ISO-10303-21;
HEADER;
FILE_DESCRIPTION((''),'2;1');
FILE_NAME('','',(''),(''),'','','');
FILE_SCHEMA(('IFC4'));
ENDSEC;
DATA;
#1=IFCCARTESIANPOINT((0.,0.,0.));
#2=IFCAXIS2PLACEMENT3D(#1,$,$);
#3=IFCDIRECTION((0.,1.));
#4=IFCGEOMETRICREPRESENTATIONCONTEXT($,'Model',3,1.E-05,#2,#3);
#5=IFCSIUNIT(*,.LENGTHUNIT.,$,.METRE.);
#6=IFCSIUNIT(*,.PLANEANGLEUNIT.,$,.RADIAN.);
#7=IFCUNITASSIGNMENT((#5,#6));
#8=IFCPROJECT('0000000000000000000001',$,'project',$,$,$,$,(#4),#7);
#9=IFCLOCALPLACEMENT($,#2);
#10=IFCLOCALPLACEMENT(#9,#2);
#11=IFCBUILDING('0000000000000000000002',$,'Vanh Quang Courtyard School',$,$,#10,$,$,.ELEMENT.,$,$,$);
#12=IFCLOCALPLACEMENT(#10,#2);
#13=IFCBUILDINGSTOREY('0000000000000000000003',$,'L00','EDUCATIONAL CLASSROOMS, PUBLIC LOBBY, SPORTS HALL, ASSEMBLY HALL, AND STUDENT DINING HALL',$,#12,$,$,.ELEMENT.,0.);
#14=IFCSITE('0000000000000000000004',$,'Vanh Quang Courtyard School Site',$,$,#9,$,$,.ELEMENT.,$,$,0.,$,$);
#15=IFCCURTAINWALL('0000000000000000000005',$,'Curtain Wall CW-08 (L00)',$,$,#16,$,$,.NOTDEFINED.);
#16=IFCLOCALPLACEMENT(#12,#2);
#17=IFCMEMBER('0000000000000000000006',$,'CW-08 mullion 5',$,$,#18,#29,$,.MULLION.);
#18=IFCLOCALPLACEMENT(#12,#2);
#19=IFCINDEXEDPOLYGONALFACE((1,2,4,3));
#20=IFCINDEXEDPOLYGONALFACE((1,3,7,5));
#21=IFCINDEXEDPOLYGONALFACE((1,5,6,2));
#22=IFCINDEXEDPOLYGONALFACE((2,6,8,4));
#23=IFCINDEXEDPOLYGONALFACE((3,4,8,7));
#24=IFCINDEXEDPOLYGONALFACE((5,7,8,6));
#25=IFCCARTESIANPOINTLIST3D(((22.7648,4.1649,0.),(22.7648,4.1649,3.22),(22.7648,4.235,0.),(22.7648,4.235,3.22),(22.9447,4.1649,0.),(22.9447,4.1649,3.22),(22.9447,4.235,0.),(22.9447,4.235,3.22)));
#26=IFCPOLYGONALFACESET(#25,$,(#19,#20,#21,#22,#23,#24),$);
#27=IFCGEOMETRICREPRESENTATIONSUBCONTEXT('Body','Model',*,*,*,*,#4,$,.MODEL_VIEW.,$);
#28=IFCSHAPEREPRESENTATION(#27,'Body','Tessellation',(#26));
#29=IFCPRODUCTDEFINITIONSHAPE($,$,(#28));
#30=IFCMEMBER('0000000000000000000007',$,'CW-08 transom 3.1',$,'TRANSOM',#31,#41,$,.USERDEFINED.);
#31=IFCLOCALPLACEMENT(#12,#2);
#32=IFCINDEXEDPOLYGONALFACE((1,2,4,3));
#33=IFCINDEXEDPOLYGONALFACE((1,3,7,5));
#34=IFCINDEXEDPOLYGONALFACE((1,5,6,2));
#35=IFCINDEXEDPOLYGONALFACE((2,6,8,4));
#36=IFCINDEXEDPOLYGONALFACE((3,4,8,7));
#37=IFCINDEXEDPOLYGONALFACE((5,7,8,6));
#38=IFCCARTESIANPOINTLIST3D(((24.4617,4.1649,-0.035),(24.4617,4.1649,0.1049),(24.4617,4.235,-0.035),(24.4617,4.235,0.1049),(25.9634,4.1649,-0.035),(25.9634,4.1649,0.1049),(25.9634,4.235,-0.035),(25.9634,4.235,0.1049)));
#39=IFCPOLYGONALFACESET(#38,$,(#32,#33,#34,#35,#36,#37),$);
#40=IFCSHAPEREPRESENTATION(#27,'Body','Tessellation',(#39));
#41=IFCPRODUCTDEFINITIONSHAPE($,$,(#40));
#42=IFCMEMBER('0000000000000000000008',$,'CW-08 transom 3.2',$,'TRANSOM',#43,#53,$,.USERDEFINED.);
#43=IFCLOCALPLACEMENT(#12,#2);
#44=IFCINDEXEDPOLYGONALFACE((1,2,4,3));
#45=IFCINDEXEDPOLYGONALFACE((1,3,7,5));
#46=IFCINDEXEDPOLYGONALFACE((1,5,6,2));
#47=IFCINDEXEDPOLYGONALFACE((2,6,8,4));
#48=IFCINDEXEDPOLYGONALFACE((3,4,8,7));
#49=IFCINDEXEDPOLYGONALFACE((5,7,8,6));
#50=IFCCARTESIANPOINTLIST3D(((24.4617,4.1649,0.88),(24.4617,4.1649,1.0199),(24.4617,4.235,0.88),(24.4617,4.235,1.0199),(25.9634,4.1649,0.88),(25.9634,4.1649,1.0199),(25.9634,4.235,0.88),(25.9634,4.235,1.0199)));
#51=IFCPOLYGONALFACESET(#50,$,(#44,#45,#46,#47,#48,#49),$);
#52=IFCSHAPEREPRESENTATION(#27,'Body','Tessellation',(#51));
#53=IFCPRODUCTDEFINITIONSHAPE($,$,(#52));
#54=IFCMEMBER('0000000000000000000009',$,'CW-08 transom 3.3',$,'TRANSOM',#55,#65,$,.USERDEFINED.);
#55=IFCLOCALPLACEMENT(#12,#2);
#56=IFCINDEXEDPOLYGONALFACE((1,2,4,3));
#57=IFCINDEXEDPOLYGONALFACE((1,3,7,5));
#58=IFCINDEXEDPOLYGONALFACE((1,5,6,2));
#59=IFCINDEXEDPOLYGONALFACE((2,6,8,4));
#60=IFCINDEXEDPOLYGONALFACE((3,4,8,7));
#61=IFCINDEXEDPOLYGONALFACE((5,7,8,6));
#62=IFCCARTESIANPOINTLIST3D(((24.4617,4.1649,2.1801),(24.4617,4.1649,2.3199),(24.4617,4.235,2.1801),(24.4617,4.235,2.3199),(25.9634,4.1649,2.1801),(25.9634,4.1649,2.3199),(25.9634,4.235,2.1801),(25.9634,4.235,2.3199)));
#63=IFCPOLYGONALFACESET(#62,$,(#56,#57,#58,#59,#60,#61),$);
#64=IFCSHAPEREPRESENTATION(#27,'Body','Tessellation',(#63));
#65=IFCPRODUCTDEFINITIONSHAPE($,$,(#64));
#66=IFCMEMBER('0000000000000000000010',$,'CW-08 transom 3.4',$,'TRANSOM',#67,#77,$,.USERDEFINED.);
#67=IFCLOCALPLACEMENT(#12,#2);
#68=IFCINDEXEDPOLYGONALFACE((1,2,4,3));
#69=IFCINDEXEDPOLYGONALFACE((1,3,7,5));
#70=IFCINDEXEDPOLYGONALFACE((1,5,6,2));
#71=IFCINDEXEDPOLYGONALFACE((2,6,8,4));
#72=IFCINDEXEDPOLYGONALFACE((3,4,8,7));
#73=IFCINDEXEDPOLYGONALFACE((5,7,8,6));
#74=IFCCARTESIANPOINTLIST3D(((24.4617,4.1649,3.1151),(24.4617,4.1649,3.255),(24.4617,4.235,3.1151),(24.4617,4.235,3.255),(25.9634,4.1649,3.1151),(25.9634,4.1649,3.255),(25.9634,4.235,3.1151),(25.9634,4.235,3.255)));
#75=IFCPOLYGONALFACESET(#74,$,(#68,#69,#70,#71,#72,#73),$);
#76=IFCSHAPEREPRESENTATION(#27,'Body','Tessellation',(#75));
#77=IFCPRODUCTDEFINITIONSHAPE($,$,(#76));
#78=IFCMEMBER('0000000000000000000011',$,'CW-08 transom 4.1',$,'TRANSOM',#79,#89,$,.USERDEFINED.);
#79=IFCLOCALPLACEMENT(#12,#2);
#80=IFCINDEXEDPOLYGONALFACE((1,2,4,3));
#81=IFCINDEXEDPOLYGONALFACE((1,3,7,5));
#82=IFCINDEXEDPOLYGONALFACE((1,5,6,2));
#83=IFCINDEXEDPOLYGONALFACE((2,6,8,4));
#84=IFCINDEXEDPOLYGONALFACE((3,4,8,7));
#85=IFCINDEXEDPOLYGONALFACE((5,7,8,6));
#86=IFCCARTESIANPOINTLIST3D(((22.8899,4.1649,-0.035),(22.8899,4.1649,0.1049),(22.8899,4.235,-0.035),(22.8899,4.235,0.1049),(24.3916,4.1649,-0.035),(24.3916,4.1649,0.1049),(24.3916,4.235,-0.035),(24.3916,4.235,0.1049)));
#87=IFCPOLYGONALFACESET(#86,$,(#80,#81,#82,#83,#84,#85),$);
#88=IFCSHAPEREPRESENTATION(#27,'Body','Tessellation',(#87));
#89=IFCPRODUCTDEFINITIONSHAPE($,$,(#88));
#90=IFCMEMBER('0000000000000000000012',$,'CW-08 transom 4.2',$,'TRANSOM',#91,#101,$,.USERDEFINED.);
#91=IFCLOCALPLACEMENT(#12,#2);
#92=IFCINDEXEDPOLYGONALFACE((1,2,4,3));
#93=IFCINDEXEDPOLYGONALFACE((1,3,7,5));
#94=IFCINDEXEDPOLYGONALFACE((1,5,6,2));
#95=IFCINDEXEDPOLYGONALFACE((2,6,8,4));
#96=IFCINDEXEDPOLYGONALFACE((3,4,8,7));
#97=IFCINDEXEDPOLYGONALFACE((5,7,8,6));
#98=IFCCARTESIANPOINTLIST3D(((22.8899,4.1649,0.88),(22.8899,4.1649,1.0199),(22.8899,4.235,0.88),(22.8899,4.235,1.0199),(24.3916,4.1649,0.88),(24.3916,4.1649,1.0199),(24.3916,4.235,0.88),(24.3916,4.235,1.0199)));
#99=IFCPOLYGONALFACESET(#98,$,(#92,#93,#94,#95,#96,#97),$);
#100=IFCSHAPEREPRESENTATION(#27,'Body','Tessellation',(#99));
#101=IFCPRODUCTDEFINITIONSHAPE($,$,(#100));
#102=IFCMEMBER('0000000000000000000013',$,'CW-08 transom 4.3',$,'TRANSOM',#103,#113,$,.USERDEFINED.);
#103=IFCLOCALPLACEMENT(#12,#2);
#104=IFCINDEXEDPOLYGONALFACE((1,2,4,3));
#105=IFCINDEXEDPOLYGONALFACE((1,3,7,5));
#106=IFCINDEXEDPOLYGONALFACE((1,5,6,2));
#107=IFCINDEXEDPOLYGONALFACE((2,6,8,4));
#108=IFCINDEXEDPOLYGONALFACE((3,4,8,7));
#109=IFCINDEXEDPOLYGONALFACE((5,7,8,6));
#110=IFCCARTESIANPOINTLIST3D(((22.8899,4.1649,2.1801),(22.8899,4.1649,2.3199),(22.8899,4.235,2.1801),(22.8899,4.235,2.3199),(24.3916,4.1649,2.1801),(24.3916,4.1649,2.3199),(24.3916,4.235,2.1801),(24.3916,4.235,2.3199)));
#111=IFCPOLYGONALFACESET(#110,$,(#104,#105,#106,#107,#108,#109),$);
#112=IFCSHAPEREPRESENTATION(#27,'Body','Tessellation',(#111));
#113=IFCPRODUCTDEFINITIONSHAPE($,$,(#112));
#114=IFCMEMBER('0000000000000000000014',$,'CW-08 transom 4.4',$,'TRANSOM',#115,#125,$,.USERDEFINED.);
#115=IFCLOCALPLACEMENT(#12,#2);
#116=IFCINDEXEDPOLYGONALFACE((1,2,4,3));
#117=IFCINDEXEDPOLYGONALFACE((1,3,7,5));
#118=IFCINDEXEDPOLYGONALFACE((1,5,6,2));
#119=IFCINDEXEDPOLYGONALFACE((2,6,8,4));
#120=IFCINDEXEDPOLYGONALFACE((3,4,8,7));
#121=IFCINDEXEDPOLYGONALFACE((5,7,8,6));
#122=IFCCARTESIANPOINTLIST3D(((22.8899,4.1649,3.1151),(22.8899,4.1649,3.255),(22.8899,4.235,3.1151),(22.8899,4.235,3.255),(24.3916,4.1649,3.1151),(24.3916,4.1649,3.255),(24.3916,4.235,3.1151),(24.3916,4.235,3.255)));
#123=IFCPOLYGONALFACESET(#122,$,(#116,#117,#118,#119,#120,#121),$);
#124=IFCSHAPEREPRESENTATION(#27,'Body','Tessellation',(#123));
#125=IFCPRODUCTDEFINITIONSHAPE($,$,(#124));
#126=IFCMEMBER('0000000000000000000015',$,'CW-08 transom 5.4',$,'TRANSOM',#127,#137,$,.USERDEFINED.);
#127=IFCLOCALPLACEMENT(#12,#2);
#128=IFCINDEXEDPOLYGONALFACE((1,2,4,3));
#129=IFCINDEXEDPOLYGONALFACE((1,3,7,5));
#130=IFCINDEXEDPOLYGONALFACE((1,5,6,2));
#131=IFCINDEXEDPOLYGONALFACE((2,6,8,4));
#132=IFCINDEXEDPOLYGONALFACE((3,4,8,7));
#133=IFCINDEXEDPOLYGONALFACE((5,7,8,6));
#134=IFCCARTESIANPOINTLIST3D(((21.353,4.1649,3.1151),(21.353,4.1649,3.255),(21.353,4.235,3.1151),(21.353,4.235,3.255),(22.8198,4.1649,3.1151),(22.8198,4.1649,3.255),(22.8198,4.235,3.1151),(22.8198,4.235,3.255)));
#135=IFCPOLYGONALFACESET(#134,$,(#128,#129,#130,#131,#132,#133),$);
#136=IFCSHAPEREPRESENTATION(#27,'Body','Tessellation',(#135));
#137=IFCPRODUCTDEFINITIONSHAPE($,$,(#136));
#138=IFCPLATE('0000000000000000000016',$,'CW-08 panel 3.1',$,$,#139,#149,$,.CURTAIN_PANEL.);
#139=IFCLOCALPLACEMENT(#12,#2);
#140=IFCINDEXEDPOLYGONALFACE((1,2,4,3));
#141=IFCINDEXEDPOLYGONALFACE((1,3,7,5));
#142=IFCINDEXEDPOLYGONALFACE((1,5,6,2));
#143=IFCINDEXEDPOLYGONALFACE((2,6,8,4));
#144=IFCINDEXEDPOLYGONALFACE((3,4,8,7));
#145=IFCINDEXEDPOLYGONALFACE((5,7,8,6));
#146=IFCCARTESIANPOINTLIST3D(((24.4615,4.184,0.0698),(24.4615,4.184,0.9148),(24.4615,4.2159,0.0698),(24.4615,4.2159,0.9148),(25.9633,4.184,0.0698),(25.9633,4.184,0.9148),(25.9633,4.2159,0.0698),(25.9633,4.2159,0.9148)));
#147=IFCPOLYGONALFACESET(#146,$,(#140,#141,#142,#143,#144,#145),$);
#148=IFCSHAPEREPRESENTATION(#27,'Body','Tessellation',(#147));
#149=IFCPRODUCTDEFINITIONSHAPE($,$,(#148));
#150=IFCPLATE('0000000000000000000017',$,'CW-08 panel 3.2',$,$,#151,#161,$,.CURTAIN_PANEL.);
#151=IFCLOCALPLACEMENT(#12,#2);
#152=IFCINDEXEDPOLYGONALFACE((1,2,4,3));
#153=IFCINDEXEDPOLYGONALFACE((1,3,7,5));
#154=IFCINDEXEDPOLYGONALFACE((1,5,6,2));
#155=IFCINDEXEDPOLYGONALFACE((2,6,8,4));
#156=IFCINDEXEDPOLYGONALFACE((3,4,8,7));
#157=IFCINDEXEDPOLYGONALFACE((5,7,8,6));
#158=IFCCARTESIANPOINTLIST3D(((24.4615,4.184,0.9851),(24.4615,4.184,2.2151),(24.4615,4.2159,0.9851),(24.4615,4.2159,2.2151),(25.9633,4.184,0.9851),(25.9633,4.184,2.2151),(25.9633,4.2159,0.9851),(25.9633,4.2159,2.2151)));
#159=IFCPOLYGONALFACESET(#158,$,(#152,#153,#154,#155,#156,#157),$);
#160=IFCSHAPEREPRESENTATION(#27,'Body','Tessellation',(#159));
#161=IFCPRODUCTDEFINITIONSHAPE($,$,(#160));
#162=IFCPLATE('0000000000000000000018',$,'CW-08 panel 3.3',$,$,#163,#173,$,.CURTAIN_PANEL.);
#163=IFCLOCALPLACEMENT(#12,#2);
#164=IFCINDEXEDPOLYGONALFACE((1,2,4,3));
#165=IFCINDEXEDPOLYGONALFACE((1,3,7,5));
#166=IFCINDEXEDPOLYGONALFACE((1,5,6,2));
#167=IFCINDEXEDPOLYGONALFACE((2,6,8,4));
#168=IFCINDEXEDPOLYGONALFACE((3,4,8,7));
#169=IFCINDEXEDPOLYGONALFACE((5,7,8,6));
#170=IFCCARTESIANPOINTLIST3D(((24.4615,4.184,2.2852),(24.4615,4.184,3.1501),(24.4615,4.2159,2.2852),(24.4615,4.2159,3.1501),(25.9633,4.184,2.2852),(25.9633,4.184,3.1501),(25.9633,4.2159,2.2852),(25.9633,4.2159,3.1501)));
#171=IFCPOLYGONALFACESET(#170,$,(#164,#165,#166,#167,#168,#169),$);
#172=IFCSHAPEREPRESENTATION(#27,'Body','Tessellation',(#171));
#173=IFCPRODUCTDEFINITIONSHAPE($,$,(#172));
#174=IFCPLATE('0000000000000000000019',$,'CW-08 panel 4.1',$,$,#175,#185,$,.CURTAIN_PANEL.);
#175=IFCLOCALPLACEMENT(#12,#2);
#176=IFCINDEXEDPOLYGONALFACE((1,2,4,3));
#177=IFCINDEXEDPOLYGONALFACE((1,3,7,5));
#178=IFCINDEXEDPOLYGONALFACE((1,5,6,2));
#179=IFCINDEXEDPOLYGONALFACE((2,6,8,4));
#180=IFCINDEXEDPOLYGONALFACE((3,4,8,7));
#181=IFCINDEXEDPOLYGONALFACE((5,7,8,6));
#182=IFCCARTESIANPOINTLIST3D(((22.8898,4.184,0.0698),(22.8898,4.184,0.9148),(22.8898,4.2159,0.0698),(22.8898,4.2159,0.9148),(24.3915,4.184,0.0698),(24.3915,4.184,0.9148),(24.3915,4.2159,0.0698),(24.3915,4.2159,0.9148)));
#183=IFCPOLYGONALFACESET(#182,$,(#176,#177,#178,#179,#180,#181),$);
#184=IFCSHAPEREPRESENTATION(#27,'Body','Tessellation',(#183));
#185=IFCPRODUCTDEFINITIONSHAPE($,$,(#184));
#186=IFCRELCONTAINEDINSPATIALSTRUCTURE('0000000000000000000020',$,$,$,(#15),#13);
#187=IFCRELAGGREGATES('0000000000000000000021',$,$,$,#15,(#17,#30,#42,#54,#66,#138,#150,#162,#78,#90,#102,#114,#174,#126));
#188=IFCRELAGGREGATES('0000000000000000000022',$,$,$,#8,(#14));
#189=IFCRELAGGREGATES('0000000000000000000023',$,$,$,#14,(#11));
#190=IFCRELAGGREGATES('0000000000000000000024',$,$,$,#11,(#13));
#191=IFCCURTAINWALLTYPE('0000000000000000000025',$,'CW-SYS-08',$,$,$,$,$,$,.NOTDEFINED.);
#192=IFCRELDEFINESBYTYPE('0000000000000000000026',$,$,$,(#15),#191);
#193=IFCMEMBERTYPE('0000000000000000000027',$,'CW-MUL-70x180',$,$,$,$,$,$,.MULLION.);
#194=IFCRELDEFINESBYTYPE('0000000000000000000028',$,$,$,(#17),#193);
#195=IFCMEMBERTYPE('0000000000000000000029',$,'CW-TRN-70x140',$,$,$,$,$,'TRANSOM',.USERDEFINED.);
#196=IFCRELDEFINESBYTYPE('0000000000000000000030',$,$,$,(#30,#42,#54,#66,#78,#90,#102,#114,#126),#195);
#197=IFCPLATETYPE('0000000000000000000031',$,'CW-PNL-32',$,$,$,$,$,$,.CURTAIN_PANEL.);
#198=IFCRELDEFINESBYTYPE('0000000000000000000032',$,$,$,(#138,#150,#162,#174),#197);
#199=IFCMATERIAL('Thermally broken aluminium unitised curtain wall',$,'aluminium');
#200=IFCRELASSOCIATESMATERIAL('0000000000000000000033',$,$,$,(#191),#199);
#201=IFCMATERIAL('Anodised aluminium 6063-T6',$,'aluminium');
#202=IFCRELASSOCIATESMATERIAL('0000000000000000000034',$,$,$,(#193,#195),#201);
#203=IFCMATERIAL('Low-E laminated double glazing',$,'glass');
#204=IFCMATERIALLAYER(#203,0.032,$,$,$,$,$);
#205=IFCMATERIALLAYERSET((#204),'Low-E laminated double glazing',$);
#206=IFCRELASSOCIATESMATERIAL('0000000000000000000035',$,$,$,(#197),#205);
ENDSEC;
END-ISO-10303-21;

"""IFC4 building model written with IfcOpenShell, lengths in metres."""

from ifc_helpers import new_model, si_unit, direction, frame, origin, origin_2d, place, context, subcontext, project, spatial, rectangle, extrude, material, layer, layer_set, material_profile, profile_set, type_object, element, aggregate, save


model = new_model("IFC4")

# Units and contexts
model_context = context("Model", 3, precision=1e-05, world=origin(), true_north=direction((0.0, 1.0)))
body_context = subcontext(model_context, "Body", "Model", "MODEL_VIEW")
ifc_project = project(units=[si_unit("LENGTHUNIT", "METRE"), si_unit("PLANEANGLEUNIT", "RADIAN")], contexts=[model_context])

# Site, building, storey
site_placement = place(None, origin())
site = spatial("IfcSite", under=ifc_project, at=site_placement, Name="Vanh Quang Courtyard School Site", CompositionType="ELEMENT", RefElevation=0.0)
building_placement = place(site_placement, origin())
building = spatial("IfcBuilding", under=site, at=building_placement, Name="Vanh Quang Courtyard School", CompositionType="ELEMENT")
storey_placement = place(building_placement, origin())
storey = spatial("IfcBuildingStorey", under=building, at=storey_placement, Name="L00", Description="EDUCATIONAL CLASSROOMS, PUBLIC LOBBY, SPORTS HALL, ASSEMBLY HALL, AND STUDENT DINING HALL", CompositionType="ELEMENT", Elevation=0.0)

# Curtain wall, members, plates
ifc_material_1 = material(Name="Thermally broken aluminium unitised curtain wall", Category="aluminium")
curtain_wall_type = type_object("IfcCurtainWallType", Name="CW-SYS-08", PredefinedType="NOTDEFINED", material=ifc_material_1)
curtain_wall_placement = place(storey_placement, origin())
curtain_wall = element("IfcCurtainWall", 1, at=curtain_wall_placement, inside=storey, type_object=curtain_wall_type, Name="Curtain Wall CW-08 (L00)", PredefinedType="NOTDEFINED")
ifc_material_2 = material(Name="Anodised aluminium 6063-T6", Category="aluminium")
ifc_material_profile_1 = material_profile(ifc_material_2, rectangle(XDim=0.0701, YDim=0.1799, at=origin_2d()), Name="ALU-MUL 70x180")
ifc_profile_set_1 = profile_set([ifc_material_profile_1], Name="Anodised aluminium 6063-T6")
member_type_1 = type_object("IfcMemberType", Name="CW-MUL-70x180", PredefinedType="MULLION", material=ifc_profile_set_1)
member_1_placement = place(storey_placement, frame((22.8547, 4.2, 0.0), z_axis=(0.0, 0.0, 1.0), x_axis=(0.0, -1.0, 0.0)))
member_1 = element("IfcMember", 2, at=member_1_placement, type_object=member_type_1, Name="CW-08 mullion 5", PredefinedType="MULLION", context=body_context, shape_type="SweptSolid", body=[
    extrude(rectangle(XDim=0.0701, YDim=0.1799, at=origin_2d()), origin(), (0.0, 0.0, 1.0), 3.22),
])
ifc_material_profile_2 = material_profile(ifc_material_2, rectangle(XDim=0.0701, YDim=0.1399, at=origin_2d()), Name="ALU-TRN 70x140")
ifc_profile_set_2 = profile_set([ifc_material_profile_2], Name="Anodised aluminium 6063-T6")
member_type_2 = type_object("IfcMemberType", Name="CW-TRN-70x140", ElementType="TRANSOM", PredefinedType="USERDEFINED", material=ifc_profile_set_2)
member_2_placement = place(storey_placement, frame((25.9634, 4.2, 0.0349), z_axis=(-1.0, 0.0, 0.0), x_axis=(0.0, -1.0, 0.0)))
member_2 = element("IfcMember", 3, at=member_2_placement, type_object=member_type_2, Name="CW-08 transom 3.1", ObjectType="TRANSOM", PredefinedType="USERDEFINED", context=body_context, shape_type="SweptSolid", body=[
    extrude(rectangle(XDim=0.0701, YDim=0.1399, at=origin_2d()), origin(), (0.0, 0.0, 1.0), 1.5017),
])
member_3_placement = place(storey_placement, frame((25.9634, 4.2, 0.95), z_axis=(-1.0, 0.0, 0.0), x_axis=(0.0, -1.0, 0.0)))
member_3 = element("IfcMember", 4, at=member_3_placement, type_object=member_type_2, Name="CW-08 transom 3.2", ObjectType="TRANSOM", PredefinedType="USERDEFINED", context=body_context, shape_type="SweptSolid", body=[
    extrude(rectangle(XDim=0.0701, YDim=0.1399, at=origin_2d()), origin(), (0.0, 0.0, 1.0), 1.5017),
])
member_4_placement = place(storey_placement, frame((25.9634, 4.2, 2.25), z_axis=(-1.0, 0.0, 0.0), x_axis=(0.0, -1.0, 0.0)))
member_4 = element("IfcMember", 5, at=member_4_placement, type_object=member_type_2, Name="CW-08 transom 3.3", ObjectType="TRANSOM", PredefinedType="USERDEFINED", context=body_context, shape_type="SweptSolid", body=[
    extrude(rectangle(XDim=0.0701, YDim=0.1399, at=origin_2d()), origin(), (0.0, 0.0, 1.0), 1.5017),
])
member_5_placement = place(storey_placement, frame((25.9634, 4.2, 3.1851), z_axis=(-1.0, 0.0, 0.0), x_axis=(0.0, -1.0, 0.0)))
member_5 = element("IfcMember", 6, at=member_5_placement, type_object=member_type_2, Name="CW-08 transom 3.4", ObjectType="TRANSOM", PredefinedType="USERDEFINED", context=body_context, shape_type="SweptSolid", body=[
    extrude(rectangle(XDim=0.0701, YDim=0.1399, at=origin_2d()), origin(), (0.0, 0.0, 1.0), 1.5017),
])
member_6_placement = place(storey_placement, frame((24.3916, 4.2, 0.0349), z_axis=(-1.0, 0.0, 0.0), x_axis=(0.0, -1.0, 0.0)))
member_6 = element("IfcMember", 7, at=member_6_placement, type_object=member_type_2, Name="CW-08 transom 4.1", ObjectType="TRANSOM", PredefinedType="USERDEFINED", context=body_context, shape_type="SweptSolid", body=[
    extrude(rectangle(XDim=0.0701, YDim=0.1399, at=origin_2d()), origin(), (0.0, 0.0, 1.0), 1.5017),
])
member_7_placement = place(storey_placement, frame((24.3916, 4.2, 0.95), z_axis=(-1.0, 0.0, 0.0), x_axis=(0.0, -1.0, 0.0)))
member_7 = element("IfcMember", 8, at=member_7_placement, type_object=member_type_2, Name="CW-08 transom 4.2", ObjectType="TRANSOM", PredefinedType="USERDEFINED", context=body_context, shape_type="SweptSolid", body=[
    extrude(rectangle(XDim=0.0701, YDim=0.1399, at=origin_2d()), origin(), (0.0, 0.0, 1.0), 1.5017),
])
member_8_placement = place(storey_placement, frame((24.3916, 4.2, 2.25), z_axis=(-1.0, 0.0, 0.0), x_axis=(0.0, -1.0, 0.0)))
member_8 = element("IfcMember", 9, at=member_8_placement, type_object=member_type_2, Name="CW-08 transom 4.3", ObjectType="TRANSOM", PredefinedType="USERDEFINED", context=body_context, shape_type="SweptSolid", body=[
    extrude(rectangle(XDim=0.0701, YDim=0.1399, at=origin_2d()), origin(), (0.0, 0.0, 1.0), 1.5017),
])
member_9_placement = place(storey_placement, frame((24.3916, 4.2, 3.1851), z_axis=(-1.0, 0.0, 0.0), x_axis=(0.0, -1.0, 0.0)))
member_9 = element("IfcMember", 10, at=member_9_placement, type_object=member_type_2, Name="CW-08 transom 4.4", ObjectType="TRANSOM", PredefinedType="USERDEFINED", context=body_context, shape_type="SweptSolid", body=[
    extrude(rectangle(XDim=0.0701, YDim=0.1399, at=origin_2d()), origin(), (0.0, 0.0, 1.0), 1.5017),
])
member_10_placement = place(storey_placement, frame((22.8198, 4.2, 3.1851), z_axis=(-1.0, 0.0, 0.0), x_axis=(0.0, -1.0, 0.0)))
member_10 = element("IfcMember", 11, at=member_10_placement, type_object=member_type_2, Name="CW-08 transom 5.4", ObjectType="TRANSOM", PredefinedType="USERDEFINED", context=body_context, shape_type="SweptSolid", body=[
    extrude(rectangle(XDim=0.0701, YDim=0.1399, at=origin_2d()), origin(), (0.0, 0.0, 1.0), 1.4668),
])
ifc_material_3 = material(Name="Low-E laminated double glazing", Category="glass")
ifc_layer_1 = layer(ifc_material_3, 0.032)
ifc_layer_set_1 = layer_set([ifc_layer_1], Name="Low-E laminated double glazing")
plate_type = type_object("IfcPlateType", Name="CW-PNL-32", PredefinedType="CURTAIN_PANEL", material=ifc_layer_set_1)
plate_1_placement = place(storey_placement, frame((25.2124, 4.2, 0.0698), z_axis=(0.0, 0.0, 1.0), x_axis=(-1.0, 0.0, 0.0)))
plate_1 = element("IfcPlate", 12, at=plate_1_placement, type_object=plate_type, Name="CW-08 panel 3.1", PredefinedType="CURTAIN_PANEL", context=body_context, shape_type="SweptSolid", body=[
    extrude(rectangle(XDim=1.5017, YDim=0.032, at=origin_2d()), origin(), (0.0, 0.0, 1.0), 0.845),
])
plate_2_placement = place(storey_placement, frame((25.2124, 4.2, 0.9851), z_axis=(0.0, 0.0, 1.0), x_axis=(-1.0, 0.0, 0.0)))
plate_2 = element("IfcPlate", 13, at=plate_2_placement, type_object=plate_type, Name="CW-08 panel 3.2", PredefinedType="CURTAIN_PANEL", context=body_context, shape_type="SweptSolid", body=[
    extrude(rectangle(XDim=1.5017, YDim=0.032, at=origin_2d()), origin(), (0.0, 0.0, 1.0), 1.23),
])
plate_3_placement = place(storey_placement, frame((25.2124, 4.2, 2.2852), z_axis=(0.0, 0.0, 1.0), x_axis=(-1.0, 0.0, 0.0)))
plate_3 = element("IfcPlate", 14, at=plate_3_placement, type_object=plate_type, Name="CW-08 panel 3.3", PredefinedType="CURTAIN_PANEL", context=body_context, shape_type="SweptSolid", body=[
    extrude(rectangle(XDim=1.5017, YDim=0.032, at=origin_2d()), origin(), (0.0, 0.0, 1.0), 0.865),
])
plate_4_placement = place(storey_placement, frame((23.6406, 4.2, 0.0698), z_axis=(0.0, 0.0, 1.0), x_axis=(-1.0, 0.0, 0.0)))
plate_4 = element("IfcPlate", 15, at=plate_4_placement, type_object=plate_type, Name="CW-08 panel 4.1", PredefinedType="CURTAIN_PANEL", context=body_context, shape_type="SweptSolid", body=[
    extrude(rectangle(XDim=1.5017, YDim=0.032, at=origin_2d()), origin(), (0.0, 0.0, 1.0), 0.845),
])
aggregate(curtain_wall, [member_1, member_2, member_3, member_4, member_5, plate_1, plate_2, plate_3, member_6, member_7, member_8, member_9, plate_4, member_10])

save(model, "model.ifc")
